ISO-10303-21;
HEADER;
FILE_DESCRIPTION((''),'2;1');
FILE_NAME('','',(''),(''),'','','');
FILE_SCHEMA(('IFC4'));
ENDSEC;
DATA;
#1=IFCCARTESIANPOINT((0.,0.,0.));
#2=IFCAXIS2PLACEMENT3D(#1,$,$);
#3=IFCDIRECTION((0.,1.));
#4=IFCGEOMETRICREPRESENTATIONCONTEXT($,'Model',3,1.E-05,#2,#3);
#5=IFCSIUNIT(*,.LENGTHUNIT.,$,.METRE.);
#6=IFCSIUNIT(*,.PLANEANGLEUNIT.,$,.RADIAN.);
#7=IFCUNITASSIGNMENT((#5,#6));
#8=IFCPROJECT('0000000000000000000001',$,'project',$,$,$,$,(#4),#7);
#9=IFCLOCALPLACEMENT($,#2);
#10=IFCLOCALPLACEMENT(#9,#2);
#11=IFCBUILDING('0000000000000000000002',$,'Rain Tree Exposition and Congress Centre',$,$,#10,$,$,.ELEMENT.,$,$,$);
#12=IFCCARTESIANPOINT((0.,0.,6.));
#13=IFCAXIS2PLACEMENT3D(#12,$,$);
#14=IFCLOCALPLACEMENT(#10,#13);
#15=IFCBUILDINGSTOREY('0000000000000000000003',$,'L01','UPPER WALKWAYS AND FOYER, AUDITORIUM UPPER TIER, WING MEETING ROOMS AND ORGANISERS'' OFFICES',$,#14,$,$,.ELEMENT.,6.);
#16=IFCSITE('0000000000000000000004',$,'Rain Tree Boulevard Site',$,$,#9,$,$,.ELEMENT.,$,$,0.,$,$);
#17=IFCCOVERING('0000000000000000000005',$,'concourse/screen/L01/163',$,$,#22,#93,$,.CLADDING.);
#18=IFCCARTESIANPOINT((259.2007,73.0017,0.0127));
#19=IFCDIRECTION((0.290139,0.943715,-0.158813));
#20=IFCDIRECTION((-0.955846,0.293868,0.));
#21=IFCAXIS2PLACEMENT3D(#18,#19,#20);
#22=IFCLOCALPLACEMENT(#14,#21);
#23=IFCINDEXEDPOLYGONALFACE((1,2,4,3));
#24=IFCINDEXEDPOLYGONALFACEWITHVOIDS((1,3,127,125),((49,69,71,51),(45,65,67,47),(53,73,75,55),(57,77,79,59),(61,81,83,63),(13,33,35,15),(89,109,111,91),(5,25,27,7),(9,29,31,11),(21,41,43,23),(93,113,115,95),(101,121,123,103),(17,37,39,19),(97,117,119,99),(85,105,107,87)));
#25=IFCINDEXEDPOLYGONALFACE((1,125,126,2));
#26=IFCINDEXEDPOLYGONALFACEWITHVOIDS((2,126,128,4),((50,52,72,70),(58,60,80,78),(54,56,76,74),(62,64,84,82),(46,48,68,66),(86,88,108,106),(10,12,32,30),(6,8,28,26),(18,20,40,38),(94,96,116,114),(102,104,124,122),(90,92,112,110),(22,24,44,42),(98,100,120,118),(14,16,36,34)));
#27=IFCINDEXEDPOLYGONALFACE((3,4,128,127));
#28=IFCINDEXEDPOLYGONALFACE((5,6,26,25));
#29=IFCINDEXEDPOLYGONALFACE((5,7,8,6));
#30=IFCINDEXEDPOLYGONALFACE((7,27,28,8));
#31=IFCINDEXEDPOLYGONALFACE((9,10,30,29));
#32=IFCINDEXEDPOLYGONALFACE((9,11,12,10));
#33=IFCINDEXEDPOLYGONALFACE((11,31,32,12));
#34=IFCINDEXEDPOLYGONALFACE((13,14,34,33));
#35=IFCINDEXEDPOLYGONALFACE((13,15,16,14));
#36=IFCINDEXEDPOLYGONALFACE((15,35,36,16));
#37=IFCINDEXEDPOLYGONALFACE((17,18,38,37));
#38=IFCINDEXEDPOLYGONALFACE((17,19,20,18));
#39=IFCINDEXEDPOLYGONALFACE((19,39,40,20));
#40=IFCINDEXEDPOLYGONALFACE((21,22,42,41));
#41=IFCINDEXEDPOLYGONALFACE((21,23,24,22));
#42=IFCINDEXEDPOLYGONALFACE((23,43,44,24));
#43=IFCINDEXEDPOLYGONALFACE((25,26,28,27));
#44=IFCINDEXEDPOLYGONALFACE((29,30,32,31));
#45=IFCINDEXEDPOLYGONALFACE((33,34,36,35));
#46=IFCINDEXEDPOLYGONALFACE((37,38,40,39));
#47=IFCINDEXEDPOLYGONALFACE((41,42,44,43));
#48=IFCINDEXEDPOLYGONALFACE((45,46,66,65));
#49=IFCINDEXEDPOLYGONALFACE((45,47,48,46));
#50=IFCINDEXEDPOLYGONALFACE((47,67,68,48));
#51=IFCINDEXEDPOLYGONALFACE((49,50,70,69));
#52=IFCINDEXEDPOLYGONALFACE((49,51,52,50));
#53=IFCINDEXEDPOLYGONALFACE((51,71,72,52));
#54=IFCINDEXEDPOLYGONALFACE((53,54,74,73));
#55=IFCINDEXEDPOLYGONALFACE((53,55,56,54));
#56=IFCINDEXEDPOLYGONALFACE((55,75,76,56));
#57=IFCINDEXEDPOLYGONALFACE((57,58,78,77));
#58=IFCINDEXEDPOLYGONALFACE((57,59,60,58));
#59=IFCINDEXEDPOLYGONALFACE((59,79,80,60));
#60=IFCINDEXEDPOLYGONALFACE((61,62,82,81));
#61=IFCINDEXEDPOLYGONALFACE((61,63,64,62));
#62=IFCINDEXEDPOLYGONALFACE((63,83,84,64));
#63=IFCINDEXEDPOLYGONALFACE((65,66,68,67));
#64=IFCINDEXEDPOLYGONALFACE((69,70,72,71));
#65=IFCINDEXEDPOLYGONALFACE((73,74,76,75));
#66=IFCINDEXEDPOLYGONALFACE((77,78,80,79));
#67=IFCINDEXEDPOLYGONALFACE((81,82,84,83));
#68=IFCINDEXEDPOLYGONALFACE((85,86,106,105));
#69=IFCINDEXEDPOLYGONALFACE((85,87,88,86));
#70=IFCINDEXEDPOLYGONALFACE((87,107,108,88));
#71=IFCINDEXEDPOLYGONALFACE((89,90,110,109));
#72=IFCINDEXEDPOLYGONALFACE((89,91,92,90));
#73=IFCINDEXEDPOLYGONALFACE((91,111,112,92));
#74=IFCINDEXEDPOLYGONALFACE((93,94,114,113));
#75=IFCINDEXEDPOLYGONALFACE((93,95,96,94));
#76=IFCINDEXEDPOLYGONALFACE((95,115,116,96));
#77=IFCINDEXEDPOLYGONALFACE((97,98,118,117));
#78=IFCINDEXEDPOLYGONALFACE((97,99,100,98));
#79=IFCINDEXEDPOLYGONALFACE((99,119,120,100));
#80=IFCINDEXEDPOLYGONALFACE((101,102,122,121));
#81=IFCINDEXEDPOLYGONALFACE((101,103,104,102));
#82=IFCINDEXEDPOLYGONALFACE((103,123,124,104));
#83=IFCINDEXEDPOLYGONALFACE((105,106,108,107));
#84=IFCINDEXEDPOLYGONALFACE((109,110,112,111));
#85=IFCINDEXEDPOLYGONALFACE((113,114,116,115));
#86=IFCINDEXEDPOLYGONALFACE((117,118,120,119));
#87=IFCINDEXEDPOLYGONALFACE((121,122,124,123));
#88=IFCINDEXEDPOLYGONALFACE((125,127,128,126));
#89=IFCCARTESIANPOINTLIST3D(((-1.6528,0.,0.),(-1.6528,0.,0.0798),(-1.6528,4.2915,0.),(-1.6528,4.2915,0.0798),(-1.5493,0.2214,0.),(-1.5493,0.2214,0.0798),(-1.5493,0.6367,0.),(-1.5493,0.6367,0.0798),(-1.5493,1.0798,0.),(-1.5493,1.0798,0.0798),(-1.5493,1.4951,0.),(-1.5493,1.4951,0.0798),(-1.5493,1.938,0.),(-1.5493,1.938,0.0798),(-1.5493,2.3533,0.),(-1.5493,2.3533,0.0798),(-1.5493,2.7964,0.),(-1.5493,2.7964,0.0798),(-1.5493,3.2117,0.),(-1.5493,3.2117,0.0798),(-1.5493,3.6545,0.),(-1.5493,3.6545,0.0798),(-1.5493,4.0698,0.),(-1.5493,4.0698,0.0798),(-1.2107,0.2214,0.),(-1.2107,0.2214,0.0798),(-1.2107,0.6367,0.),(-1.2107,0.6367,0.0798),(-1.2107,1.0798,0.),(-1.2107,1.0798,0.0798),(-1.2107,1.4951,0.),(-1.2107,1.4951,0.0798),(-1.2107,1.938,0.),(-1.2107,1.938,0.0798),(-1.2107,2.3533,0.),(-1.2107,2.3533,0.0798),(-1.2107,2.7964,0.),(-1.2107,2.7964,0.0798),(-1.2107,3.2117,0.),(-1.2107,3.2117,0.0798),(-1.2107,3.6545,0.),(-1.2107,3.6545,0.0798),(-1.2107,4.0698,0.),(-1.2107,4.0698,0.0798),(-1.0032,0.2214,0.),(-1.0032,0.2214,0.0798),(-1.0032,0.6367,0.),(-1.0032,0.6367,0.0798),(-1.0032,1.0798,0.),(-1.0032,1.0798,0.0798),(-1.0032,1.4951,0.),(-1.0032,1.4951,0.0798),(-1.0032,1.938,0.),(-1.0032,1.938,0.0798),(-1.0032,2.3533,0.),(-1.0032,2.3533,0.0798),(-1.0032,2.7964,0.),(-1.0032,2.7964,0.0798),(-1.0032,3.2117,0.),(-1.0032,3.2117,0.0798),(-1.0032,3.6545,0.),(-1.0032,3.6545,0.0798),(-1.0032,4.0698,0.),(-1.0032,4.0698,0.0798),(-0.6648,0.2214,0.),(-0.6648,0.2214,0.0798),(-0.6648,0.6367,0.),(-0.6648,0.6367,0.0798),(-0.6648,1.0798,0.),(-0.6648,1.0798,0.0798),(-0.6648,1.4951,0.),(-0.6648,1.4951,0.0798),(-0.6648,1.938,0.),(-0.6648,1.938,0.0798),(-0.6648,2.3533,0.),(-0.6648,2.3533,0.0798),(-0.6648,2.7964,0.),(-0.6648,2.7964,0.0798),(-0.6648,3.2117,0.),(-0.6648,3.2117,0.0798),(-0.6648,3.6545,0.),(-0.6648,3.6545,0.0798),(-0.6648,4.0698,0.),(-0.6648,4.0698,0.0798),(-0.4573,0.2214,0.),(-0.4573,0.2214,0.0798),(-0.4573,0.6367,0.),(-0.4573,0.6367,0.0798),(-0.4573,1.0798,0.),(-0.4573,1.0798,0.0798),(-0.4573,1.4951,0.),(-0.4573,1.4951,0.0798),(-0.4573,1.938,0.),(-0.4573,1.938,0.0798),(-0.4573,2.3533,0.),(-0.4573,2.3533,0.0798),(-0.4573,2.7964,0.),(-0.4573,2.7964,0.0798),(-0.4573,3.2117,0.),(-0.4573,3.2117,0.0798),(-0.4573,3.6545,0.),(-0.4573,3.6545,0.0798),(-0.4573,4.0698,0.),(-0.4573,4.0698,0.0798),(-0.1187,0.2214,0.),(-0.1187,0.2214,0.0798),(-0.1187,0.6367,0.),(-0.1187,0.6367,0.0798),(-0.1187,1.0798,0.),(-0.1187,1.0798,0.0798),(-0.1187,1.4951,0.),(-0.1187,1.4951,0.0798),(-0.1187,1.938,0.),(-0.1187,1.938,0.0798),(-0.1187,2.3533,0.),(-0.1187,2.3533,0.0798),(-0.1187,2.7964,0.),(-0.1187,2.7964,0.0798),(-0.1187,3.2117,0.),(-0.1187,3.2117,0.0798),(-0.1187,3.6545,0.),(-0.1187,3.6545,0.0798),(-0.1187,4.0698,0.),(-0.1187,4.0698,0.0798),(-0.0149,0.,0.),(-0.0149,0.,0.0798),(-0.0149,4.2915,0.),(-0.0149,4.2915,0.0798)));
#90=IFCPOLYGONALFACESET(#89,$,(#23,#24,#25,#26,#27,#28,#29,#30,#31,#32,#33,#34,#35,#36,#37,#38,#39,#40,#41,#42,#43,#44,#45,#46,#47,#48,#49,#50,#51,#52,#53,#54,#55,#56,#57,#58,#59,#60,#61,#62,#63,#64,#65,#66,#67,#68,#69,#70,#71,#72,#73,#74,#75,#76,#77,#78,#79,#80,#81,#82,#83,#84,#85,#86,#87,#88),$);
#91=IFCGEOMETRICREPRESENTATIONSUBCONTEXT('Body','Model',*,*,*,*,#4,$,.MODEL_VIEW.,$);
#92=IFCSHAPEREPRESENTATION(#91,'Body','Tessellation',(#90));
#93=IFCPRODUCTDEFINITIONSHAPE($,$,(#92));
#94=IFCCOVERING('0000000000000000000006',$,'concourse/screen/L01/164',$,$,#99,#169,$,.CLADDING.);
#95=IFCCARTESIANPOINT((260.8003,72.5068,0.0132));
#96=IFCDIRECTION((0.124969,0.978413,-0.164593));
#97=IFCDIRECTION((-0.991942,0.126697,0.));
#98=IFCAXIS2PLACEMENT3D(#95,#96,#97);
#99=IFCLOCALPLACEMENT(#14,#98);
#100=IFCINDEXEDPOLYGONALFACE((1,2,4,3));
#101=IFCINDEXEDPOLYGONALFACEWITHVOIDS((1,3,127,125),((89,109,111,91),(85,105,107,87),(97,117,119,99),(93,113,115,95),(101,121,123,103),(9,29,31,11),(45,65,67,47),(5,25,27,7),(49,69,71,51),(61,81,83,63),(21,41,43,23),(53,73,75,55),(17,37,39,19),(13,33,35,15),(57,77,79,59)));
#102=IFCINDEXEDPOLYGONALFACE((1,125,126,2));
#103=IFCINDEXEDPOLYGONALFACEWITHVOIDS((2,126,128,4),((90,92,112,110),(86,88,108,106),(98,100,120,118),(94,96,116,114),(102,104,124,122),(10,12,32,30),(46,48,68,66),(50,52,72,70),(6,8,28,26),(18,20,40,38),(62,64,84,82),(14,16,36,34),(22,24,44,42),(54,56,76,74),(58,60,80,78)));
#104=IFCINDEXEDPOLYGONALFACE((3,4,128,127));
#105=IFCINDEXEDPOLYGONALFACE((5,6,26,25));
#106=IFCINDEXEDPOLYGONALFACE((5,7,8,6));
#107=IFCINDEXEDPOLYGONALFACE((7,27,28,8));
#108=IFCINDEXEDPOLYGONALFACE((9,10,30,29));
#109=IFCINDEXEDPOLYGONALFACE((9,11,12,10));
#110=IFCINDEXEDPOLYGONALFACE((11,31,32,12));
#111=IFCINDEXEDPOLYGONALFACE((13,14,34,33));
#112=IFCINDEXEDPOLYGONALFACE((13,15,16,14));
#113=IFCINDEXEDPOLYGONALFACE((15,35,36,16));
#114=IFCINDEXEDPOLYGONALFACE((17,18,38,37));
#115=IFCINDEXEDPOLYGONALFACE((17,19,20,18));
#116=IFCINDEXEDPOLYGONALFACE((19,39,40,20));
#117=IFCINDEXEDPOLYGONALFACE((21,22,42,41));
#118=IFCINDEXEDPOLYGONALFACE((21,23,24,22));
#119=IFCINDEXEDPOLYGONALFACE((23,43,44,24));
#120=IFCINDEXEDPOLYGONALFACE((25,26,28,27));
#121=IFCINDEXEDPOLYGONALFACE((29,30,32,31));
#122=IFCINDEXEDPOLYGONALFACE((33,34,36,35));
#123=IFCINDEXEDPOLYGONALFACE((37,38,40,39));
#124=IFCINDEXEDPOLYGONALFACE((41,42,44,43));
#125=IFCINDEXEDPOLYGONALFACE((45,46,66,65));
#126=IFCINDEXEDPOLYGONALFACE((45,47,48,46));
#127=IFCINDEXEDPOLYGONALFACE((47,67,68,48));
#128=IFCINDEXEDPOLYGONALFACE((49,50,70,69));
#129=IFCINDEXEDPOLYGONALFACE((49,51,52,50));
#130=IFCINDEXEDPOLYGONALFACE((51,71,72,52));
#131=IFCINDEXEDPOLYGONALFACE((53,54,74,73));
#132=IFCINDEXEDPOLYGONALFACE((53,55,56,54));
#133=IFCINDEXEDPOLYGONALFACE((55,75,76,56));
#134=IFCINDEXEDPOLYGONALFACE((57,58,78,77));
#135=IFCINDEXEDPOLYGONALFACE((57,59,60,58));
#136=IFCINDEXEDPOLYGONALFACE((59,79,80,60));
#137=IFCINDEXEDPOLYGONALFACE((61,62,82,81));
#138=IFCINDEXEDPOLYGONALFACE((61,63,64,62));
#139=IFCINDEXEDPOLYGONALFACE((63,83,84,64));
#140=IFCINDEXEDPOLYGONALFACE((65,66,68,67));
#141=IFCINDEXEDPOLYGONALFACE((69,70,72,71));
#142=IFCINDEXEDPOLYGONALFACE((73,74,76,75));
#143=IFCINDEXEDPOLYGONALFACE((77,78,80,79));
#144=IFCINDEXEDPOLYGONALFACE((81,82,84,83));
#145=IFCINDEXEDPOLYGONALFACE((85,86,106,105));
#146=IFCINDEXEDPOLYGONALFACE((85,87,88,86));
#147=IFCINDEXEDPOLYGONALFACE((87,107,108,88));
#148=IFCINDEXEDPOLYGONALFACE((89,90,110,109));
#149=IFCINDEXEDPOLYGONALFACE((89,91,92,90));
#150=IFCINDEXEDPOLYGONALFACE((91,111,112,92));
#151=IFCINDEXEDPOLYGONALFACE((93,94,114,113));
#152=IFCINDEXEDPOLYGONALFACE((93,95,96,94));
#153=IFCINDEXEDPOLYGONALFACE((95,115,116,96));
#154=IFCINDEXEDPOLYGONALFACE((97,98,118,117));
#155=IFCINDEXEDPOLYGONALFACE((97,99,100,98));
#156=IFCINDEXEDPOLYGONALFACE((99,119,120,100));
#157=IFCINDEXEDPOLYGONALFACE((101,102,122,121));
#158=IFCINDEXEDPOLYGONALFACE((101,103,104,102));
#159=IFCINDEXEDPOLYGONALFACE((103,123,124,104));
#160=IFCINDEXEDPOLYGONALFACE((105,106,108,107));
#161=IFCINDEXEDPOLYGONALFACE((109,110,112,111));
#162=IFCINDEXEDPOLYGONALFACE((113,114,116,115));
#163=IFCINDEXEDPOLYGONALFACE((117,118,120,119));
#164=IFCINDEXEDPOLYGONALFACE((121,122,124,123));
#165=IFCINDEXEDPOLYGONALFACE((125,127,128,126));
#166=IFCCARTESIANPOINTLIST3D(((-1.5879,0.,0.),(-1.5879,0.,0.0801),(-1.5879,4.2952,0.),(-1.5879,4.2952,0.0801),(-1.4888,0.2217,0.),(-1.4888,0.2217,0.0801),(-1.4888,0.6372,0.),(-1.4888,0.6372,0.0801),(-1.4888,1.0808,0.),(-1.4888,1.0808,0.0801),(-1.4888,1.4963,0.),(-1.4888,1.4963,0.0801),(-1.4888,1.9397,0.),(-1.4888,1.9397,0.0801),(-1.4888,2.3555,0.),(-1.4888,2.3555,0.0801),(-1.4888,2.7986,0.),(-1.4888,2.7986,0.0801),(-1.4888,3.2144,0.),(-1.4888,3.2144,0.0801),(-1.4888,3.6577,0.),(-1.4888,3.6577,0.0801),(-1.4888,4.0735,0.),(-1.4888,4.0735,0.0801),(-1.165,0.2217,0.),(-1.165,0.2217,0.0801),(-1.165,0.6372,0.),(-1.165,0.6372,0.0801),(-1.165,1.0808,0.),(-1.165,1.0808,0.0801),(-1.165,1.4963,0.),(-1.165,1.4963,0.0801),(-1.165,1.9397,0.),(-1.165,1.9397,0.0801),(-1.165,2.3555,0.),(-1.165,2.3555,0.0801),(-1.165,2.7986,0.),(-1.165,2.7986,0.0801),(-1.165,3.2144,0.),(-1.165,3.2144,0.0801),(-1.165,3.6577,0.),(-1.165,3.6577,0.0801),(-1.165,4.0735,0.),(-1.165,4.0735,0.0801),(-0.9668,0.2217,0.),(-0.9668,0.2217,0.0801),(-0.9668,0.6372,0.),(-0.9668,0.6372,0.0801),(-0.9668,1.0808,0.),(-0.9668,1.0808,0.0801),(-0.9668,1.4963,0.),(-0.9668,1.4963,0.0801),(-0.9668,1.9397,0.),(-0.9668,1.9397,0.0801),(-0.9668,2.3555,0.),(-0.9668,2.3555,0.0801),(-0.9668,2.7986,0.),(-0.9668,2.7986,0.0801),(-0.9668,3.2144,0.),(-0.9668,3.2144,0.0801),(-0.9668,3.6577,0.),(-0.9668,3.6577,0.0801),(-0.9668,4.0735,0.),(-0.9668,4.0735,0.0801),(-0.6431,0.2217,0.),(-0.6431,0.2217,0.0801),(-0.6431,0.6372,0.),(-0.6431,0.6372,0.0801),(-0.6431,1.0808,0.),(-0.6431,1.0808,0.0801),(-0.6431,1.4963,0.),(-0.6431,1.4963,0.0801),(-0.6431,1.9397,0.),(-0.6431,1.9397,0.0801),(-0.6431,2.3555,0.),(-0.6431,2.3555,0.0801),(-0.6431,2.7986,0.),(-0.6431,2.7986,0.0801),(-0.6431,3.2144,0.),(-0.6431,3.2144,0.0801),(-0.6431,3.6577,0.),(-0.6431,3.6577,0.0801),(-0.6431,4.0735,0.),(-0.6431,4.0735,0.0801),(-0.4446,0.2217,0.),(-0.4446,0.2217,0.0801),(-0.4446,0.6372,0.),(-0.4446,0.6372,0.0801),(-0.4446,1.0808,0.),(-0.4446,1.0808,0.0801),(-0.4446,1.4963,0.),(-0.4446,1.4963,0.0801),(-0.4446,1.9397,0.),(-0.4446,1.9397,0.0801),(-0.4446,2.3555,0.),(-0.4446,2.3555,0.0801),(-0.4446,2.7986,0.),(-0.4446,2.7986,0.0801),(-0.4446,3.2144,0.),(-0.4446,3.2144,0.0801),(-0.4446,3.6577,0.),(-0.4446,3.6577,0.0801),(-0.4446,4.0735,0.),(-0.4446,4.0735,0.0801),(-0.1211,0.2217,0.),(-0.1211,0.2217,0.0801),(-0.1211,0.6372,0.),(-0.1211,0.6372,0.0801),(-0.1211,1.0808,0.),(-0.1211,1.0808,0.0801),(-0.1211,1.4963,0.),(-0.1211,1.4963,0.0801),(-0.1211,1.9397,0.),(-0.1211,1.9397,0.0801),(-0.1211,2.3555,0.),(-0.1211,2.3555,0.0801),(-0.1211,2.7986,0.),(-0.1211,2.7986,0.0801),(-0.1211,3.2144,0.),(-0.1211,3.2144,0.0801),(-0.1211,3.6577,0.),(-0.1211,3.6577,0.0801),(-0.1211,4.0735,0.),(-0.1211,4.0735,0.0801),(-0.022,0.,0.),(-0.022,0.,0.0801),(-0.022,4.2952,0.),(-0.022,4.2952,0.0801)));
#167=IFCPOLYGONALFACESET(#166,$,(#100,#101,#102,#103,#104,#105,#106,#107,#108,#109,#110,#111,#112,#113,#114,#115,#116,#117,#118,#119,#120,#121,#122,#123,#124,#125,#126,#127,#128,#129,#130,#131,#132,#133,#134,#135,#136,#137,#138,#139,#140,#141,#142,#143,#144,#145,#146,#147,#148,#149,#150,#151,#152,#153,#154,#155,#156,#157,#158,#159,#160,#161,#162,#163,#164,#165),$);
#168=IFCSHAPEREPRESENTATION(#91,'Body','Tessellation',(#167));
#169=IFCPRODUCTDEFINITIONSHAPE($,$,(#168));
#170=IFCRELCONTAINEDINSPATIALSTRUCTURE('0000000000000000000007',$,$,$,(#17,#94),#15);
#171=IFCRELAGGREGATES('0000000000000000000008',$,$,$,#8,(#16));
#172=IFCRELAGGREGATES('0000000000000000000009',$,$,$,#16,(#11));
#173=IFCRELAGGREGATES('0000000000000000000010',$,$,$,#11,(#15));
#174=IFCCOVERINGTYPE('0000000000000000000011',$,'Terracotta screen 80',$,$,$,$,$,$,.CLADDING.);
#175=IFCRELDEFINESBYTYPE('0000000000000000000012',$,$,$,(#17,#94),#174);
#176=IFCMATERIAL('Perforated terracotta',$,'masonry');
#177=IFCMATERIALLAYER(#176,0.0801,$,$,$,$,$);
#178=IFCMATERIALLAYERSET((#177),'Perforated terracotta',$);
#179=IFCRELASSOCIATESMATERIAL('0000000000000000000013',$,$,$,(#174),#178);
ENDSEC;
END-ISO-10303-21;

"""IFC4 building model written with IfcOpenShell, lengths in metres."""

from ifc_helpers import new_model, si_unit, direction, frame, origin, place, context, subcontext, project, spatial, polyline, outline, extrude, material, layer, layer_set, type_object, element, save


model = new_model("IFC4")

# Units and contexts
model_context = context("Model", 3, precision=1e-05, world=origin(), true_north=direction((0.0, 1.0)))
body_context = subcontext(model_context, "Body", "Model", "MODEL_VIEW")
ifc_project = project(units=[si_unit("LENGTHUNIT", "METRE"), si_unit("PLANEANGLEUNIT", "RADIAN")], contexts=[model_context])

# Site, building, storey
site_placement = place(None, origin())
site = spatial("IfcSite", under=ifc_project, at=site_placement, Name="Rain Tree Boulevard Site", CompositionType="ELEMENT", RefElevation=0.0)
building_placement = place(site_placement, origin())
building = spatial("IfcBuilding", under=site, at=building_placement, Name="Rain Tree Exposition and Congress Centre", CompositionType="ELEMENT")
storey_placement = place(building_placement, frame((0.0, 0.0, 6.0)))
storey = spatial("IfcBuildingStorey", under=building, at=storey_placement, Name="L01", Description="UPPER WALKWAYS AND FOYER, AUDITORIUM UPPER TIER, WING MEETING ROOMS AND ORGANISERS' OFFICES", CompositionType="ELEMENT", Elevation=6.0)

# Coverings
ifc_material_1 = material(Name="Perforated terracotta", Category="masonry")
ifc_layer = layer(ifc_material_1, 0.0801)
ifc_layer_set = layer_set([ifc_layer], Name="Perforated terracotta")
covering_type = type_object("IfcCoveringType", Name="Terracotta screen 80", PredefinedType="CLADDING", material=ifc_layer_set)
covering_1_placement = place(storey_placement, frame((259.2007, 73.0017, 0.0127), z_axis=(0.290139, 0.943715, -0.158813), x_axis=(-0.955846, 0.293868, 0.0)))
element("IfcCovering", 1, at=covering_1_placement, inside=storey, type_object=covering_type, Name="concourse/screen/L01/163", PredefinedType="CLADDING", context=body_context, shape_type="SweptSolid", body=[
    extrude(outline(polyline([(-1.6528, 0.0), (-1.6528, 4.2915), (-0.0149, 4.2915), (-0.0149, 0.0), (-1.6528, 0.0)]), holes=[polyline([(-0.1187, 0.2214), (-0.1187, 0.6367), (-0.4573, 0.6367), (-0.4573, 0.2214), (-0.1187, 0.2214)]), polyline([(-0.1187, 1.0798), (-0.1187, 1.4951), (-0.4573, 1.4951), (-0.4573, 1.0798), (-0.1187, 1.0798)]), polyline([(-0.1187, 1.938), (-0.1187, 2.3533), (-0.4573, 2.3533), (-0.4573, 1.938), (-0.1187, 1.938)]), polyline([(-0.1187, 2.7964), (-0.1187, 3.2117), (-0.4573, 3.2117), (-0.4573, 2.7964), (-0.1187, 2.7964)]), polyline([(-0.1187, 3.6545), (-0.1187, 4.0698), (-0.4573, 4.0698), (-0.4573, 3.6545), (-0.1187, 3.6545)]), polyline([(-0.6648, 0.2214), (-0.6648, 0.6367), (-1.0032, 0.6367), (-1.0032, 0.2214), (-0.6648, 0.2214)]), polyline([(-0.6648, 1.0798), (-0.6648, 1.4951), (-1.0032, 1.4951), (-1.0032, 1.0798), (-0.6648, 1.0798)]), polyline([(-0.6648, 1.938), (-0.6648, 2.3533), (-1.0032, 2.3533), (-1.0032, 1.938), (-0.6648, 1.938)]), polyline([(-0.6648, 2.7964), (-0.6648, 3.2117), (-1.0032, 3.2117), (-1.0032, 2.7964), (-0.6648, 2.7964)]), polyline([(-0.6648, 3.6545), (-0.6648, 4.0698), (-1.0032, 4.0698), (-1.0032, 3.6545), (-0.6648, 3.6545)]), polyline([(-1.2107, 0.2214), (-1.2107, 0.6367), (-1.5493, 0.6367), (-1.5493, 0.2214), (-1.2107, 0.2214)]), polyline([(-1.2107, 1.0798), (-1.2107, 1.4951), (-1.5493, 1.4951), (-1.5493, 1.0798), (-1.2107, 1.0798)]), polyline([(-1.2107, 1.938), (-1.2107, 2.3533), (-1.5493, 2.3533), (-1.5493, 1.938), (-1.2107, 1.938)]), polyline([(-1.2107, 2.7964), (-1.2107, 3.2117), (-1.5493, 3.2117), (-1.5493, 2.7964), (-1.2107, 2.7964)]), polyline([(-1.2107, 3.6545), (-1.2107, 4.0698), (-1.5493, 4.0698), (-1.5493, 3.6545), (-1.2107, 3.6545)])]), origin(), (0.0, 0.0, 1.0), 0.0798),
])
covering_2_placement = place(storey_placement, frame((260.8003, 72.5068, 0.0132), z_axis=(0.124969, 0.978413, -0.164593), x_axis=(-0.991942, 0.126697, 0.0)))
element("IfcCovering", 2, at=covering_2_placement, inside=storey, type_object=covering_type, Name="concourse/screen/L01/164", PredefinedType="CLADDING", context=body_context, shape_type="SweptSolid", body=[
    extrude(outline(polyline([(-1.5879, 0.0), (-1.5879, 4.2952), (-0.022, 4.2952), (-0.022, 0.0), (-1.5879, 0.0)]), holes=[polyline([(-0.1211, 0.2217), (-0.1211, 0.6372), (-0.4446, 0.6372), (-0.4446, 0.2217), (-0.1211, 0.2217)]), polyline([(-0.1211, 1.0808), (-0.1211, 1.4963), (-0.4446, 1.4963), (-0.4446, 1.0808), (-0.1211, 1.0808)]), polyline([(-0.1211, 1.9397), (-0.1211, 2.3555), (-0.4446, 2.3555), (-0.4446, 1.9397), (-0.1211, 1.9397)]), polyline([(-0.1211, 2.7986), (-0.1211, 3.2144), (-0.4446, 3.2144), (-0.4446, 2.7986), (-0.1211, 2.7986)]), polyline([(-0.1211, 3.6577), (-0.1211, 4.0735), (-0.4446, 4.0735), (-0.4446, 3.6577), (-0.1211, 3.6577)]), polyline([(-0.6431, 0.2217), (-0.6431, 0.6372), (-0.9668, 0.6372), (-0.9668, 0.2217), (-0.6431, 0.2217)]), polyline([(-0.6431, 1.0808), (-0.6431, 1.4963), (-0.9668, 1.4963), (-0.9668, 1.0808), (-0.6431, 1.0808)]), polyline([(-0.6431, 1.9397), (-0.6431, 2.3555), (-0.9668, 2.3555), (-0.9668, 1.9397), (-0.6431, 1.9397)]), polyline([(-0.6431, 2.7986), (-0.6431, 3.2144), (-0.9668, 3.2144), (-0.9668, 2.7986), (-0.6431, 2.7986)]), polyline([(-0.6431, 3.6577), (-0.6431, 4.0735), (-0.9668, 4.0735), (-0.9668, 3.6577), (-0.6431, 3.6577)]), polyline([(-1.165, 0.2217), (-1.165, 0.6372), (-1.4888, 0.6372), (-1.4888, 0.2217), (-1.165, 0.2217)]), polyline([(-1.165, 1.0808), (-1.165, 1.4963), (-1.4888, 1.4963), (-1.4888, 1.0808), (-1.165, 1.0808)]), polyline([(-1.165, 1.9397), (-1.165, 2.3555), (-1.4888, 2.3555), (-1.4888, 1.9397), (-1.165, 1.9397)]), polyline([(-1.165, 2.7986), (-1.165, 3.2144), (-1.4888, 3.2144), (-1.4888, 2.7986), (-1.165, 2.7986)]), polyline([(-1.165, 3.6577), (-1.165, 4.0735), (-1.4888, 4.0735), (-1.4888, 3.6577), (-1.165, 3.6577)])]), origin(), (0.0, 0.0, 1.0), 0.0801),
])

save(model, "model.ifc")
